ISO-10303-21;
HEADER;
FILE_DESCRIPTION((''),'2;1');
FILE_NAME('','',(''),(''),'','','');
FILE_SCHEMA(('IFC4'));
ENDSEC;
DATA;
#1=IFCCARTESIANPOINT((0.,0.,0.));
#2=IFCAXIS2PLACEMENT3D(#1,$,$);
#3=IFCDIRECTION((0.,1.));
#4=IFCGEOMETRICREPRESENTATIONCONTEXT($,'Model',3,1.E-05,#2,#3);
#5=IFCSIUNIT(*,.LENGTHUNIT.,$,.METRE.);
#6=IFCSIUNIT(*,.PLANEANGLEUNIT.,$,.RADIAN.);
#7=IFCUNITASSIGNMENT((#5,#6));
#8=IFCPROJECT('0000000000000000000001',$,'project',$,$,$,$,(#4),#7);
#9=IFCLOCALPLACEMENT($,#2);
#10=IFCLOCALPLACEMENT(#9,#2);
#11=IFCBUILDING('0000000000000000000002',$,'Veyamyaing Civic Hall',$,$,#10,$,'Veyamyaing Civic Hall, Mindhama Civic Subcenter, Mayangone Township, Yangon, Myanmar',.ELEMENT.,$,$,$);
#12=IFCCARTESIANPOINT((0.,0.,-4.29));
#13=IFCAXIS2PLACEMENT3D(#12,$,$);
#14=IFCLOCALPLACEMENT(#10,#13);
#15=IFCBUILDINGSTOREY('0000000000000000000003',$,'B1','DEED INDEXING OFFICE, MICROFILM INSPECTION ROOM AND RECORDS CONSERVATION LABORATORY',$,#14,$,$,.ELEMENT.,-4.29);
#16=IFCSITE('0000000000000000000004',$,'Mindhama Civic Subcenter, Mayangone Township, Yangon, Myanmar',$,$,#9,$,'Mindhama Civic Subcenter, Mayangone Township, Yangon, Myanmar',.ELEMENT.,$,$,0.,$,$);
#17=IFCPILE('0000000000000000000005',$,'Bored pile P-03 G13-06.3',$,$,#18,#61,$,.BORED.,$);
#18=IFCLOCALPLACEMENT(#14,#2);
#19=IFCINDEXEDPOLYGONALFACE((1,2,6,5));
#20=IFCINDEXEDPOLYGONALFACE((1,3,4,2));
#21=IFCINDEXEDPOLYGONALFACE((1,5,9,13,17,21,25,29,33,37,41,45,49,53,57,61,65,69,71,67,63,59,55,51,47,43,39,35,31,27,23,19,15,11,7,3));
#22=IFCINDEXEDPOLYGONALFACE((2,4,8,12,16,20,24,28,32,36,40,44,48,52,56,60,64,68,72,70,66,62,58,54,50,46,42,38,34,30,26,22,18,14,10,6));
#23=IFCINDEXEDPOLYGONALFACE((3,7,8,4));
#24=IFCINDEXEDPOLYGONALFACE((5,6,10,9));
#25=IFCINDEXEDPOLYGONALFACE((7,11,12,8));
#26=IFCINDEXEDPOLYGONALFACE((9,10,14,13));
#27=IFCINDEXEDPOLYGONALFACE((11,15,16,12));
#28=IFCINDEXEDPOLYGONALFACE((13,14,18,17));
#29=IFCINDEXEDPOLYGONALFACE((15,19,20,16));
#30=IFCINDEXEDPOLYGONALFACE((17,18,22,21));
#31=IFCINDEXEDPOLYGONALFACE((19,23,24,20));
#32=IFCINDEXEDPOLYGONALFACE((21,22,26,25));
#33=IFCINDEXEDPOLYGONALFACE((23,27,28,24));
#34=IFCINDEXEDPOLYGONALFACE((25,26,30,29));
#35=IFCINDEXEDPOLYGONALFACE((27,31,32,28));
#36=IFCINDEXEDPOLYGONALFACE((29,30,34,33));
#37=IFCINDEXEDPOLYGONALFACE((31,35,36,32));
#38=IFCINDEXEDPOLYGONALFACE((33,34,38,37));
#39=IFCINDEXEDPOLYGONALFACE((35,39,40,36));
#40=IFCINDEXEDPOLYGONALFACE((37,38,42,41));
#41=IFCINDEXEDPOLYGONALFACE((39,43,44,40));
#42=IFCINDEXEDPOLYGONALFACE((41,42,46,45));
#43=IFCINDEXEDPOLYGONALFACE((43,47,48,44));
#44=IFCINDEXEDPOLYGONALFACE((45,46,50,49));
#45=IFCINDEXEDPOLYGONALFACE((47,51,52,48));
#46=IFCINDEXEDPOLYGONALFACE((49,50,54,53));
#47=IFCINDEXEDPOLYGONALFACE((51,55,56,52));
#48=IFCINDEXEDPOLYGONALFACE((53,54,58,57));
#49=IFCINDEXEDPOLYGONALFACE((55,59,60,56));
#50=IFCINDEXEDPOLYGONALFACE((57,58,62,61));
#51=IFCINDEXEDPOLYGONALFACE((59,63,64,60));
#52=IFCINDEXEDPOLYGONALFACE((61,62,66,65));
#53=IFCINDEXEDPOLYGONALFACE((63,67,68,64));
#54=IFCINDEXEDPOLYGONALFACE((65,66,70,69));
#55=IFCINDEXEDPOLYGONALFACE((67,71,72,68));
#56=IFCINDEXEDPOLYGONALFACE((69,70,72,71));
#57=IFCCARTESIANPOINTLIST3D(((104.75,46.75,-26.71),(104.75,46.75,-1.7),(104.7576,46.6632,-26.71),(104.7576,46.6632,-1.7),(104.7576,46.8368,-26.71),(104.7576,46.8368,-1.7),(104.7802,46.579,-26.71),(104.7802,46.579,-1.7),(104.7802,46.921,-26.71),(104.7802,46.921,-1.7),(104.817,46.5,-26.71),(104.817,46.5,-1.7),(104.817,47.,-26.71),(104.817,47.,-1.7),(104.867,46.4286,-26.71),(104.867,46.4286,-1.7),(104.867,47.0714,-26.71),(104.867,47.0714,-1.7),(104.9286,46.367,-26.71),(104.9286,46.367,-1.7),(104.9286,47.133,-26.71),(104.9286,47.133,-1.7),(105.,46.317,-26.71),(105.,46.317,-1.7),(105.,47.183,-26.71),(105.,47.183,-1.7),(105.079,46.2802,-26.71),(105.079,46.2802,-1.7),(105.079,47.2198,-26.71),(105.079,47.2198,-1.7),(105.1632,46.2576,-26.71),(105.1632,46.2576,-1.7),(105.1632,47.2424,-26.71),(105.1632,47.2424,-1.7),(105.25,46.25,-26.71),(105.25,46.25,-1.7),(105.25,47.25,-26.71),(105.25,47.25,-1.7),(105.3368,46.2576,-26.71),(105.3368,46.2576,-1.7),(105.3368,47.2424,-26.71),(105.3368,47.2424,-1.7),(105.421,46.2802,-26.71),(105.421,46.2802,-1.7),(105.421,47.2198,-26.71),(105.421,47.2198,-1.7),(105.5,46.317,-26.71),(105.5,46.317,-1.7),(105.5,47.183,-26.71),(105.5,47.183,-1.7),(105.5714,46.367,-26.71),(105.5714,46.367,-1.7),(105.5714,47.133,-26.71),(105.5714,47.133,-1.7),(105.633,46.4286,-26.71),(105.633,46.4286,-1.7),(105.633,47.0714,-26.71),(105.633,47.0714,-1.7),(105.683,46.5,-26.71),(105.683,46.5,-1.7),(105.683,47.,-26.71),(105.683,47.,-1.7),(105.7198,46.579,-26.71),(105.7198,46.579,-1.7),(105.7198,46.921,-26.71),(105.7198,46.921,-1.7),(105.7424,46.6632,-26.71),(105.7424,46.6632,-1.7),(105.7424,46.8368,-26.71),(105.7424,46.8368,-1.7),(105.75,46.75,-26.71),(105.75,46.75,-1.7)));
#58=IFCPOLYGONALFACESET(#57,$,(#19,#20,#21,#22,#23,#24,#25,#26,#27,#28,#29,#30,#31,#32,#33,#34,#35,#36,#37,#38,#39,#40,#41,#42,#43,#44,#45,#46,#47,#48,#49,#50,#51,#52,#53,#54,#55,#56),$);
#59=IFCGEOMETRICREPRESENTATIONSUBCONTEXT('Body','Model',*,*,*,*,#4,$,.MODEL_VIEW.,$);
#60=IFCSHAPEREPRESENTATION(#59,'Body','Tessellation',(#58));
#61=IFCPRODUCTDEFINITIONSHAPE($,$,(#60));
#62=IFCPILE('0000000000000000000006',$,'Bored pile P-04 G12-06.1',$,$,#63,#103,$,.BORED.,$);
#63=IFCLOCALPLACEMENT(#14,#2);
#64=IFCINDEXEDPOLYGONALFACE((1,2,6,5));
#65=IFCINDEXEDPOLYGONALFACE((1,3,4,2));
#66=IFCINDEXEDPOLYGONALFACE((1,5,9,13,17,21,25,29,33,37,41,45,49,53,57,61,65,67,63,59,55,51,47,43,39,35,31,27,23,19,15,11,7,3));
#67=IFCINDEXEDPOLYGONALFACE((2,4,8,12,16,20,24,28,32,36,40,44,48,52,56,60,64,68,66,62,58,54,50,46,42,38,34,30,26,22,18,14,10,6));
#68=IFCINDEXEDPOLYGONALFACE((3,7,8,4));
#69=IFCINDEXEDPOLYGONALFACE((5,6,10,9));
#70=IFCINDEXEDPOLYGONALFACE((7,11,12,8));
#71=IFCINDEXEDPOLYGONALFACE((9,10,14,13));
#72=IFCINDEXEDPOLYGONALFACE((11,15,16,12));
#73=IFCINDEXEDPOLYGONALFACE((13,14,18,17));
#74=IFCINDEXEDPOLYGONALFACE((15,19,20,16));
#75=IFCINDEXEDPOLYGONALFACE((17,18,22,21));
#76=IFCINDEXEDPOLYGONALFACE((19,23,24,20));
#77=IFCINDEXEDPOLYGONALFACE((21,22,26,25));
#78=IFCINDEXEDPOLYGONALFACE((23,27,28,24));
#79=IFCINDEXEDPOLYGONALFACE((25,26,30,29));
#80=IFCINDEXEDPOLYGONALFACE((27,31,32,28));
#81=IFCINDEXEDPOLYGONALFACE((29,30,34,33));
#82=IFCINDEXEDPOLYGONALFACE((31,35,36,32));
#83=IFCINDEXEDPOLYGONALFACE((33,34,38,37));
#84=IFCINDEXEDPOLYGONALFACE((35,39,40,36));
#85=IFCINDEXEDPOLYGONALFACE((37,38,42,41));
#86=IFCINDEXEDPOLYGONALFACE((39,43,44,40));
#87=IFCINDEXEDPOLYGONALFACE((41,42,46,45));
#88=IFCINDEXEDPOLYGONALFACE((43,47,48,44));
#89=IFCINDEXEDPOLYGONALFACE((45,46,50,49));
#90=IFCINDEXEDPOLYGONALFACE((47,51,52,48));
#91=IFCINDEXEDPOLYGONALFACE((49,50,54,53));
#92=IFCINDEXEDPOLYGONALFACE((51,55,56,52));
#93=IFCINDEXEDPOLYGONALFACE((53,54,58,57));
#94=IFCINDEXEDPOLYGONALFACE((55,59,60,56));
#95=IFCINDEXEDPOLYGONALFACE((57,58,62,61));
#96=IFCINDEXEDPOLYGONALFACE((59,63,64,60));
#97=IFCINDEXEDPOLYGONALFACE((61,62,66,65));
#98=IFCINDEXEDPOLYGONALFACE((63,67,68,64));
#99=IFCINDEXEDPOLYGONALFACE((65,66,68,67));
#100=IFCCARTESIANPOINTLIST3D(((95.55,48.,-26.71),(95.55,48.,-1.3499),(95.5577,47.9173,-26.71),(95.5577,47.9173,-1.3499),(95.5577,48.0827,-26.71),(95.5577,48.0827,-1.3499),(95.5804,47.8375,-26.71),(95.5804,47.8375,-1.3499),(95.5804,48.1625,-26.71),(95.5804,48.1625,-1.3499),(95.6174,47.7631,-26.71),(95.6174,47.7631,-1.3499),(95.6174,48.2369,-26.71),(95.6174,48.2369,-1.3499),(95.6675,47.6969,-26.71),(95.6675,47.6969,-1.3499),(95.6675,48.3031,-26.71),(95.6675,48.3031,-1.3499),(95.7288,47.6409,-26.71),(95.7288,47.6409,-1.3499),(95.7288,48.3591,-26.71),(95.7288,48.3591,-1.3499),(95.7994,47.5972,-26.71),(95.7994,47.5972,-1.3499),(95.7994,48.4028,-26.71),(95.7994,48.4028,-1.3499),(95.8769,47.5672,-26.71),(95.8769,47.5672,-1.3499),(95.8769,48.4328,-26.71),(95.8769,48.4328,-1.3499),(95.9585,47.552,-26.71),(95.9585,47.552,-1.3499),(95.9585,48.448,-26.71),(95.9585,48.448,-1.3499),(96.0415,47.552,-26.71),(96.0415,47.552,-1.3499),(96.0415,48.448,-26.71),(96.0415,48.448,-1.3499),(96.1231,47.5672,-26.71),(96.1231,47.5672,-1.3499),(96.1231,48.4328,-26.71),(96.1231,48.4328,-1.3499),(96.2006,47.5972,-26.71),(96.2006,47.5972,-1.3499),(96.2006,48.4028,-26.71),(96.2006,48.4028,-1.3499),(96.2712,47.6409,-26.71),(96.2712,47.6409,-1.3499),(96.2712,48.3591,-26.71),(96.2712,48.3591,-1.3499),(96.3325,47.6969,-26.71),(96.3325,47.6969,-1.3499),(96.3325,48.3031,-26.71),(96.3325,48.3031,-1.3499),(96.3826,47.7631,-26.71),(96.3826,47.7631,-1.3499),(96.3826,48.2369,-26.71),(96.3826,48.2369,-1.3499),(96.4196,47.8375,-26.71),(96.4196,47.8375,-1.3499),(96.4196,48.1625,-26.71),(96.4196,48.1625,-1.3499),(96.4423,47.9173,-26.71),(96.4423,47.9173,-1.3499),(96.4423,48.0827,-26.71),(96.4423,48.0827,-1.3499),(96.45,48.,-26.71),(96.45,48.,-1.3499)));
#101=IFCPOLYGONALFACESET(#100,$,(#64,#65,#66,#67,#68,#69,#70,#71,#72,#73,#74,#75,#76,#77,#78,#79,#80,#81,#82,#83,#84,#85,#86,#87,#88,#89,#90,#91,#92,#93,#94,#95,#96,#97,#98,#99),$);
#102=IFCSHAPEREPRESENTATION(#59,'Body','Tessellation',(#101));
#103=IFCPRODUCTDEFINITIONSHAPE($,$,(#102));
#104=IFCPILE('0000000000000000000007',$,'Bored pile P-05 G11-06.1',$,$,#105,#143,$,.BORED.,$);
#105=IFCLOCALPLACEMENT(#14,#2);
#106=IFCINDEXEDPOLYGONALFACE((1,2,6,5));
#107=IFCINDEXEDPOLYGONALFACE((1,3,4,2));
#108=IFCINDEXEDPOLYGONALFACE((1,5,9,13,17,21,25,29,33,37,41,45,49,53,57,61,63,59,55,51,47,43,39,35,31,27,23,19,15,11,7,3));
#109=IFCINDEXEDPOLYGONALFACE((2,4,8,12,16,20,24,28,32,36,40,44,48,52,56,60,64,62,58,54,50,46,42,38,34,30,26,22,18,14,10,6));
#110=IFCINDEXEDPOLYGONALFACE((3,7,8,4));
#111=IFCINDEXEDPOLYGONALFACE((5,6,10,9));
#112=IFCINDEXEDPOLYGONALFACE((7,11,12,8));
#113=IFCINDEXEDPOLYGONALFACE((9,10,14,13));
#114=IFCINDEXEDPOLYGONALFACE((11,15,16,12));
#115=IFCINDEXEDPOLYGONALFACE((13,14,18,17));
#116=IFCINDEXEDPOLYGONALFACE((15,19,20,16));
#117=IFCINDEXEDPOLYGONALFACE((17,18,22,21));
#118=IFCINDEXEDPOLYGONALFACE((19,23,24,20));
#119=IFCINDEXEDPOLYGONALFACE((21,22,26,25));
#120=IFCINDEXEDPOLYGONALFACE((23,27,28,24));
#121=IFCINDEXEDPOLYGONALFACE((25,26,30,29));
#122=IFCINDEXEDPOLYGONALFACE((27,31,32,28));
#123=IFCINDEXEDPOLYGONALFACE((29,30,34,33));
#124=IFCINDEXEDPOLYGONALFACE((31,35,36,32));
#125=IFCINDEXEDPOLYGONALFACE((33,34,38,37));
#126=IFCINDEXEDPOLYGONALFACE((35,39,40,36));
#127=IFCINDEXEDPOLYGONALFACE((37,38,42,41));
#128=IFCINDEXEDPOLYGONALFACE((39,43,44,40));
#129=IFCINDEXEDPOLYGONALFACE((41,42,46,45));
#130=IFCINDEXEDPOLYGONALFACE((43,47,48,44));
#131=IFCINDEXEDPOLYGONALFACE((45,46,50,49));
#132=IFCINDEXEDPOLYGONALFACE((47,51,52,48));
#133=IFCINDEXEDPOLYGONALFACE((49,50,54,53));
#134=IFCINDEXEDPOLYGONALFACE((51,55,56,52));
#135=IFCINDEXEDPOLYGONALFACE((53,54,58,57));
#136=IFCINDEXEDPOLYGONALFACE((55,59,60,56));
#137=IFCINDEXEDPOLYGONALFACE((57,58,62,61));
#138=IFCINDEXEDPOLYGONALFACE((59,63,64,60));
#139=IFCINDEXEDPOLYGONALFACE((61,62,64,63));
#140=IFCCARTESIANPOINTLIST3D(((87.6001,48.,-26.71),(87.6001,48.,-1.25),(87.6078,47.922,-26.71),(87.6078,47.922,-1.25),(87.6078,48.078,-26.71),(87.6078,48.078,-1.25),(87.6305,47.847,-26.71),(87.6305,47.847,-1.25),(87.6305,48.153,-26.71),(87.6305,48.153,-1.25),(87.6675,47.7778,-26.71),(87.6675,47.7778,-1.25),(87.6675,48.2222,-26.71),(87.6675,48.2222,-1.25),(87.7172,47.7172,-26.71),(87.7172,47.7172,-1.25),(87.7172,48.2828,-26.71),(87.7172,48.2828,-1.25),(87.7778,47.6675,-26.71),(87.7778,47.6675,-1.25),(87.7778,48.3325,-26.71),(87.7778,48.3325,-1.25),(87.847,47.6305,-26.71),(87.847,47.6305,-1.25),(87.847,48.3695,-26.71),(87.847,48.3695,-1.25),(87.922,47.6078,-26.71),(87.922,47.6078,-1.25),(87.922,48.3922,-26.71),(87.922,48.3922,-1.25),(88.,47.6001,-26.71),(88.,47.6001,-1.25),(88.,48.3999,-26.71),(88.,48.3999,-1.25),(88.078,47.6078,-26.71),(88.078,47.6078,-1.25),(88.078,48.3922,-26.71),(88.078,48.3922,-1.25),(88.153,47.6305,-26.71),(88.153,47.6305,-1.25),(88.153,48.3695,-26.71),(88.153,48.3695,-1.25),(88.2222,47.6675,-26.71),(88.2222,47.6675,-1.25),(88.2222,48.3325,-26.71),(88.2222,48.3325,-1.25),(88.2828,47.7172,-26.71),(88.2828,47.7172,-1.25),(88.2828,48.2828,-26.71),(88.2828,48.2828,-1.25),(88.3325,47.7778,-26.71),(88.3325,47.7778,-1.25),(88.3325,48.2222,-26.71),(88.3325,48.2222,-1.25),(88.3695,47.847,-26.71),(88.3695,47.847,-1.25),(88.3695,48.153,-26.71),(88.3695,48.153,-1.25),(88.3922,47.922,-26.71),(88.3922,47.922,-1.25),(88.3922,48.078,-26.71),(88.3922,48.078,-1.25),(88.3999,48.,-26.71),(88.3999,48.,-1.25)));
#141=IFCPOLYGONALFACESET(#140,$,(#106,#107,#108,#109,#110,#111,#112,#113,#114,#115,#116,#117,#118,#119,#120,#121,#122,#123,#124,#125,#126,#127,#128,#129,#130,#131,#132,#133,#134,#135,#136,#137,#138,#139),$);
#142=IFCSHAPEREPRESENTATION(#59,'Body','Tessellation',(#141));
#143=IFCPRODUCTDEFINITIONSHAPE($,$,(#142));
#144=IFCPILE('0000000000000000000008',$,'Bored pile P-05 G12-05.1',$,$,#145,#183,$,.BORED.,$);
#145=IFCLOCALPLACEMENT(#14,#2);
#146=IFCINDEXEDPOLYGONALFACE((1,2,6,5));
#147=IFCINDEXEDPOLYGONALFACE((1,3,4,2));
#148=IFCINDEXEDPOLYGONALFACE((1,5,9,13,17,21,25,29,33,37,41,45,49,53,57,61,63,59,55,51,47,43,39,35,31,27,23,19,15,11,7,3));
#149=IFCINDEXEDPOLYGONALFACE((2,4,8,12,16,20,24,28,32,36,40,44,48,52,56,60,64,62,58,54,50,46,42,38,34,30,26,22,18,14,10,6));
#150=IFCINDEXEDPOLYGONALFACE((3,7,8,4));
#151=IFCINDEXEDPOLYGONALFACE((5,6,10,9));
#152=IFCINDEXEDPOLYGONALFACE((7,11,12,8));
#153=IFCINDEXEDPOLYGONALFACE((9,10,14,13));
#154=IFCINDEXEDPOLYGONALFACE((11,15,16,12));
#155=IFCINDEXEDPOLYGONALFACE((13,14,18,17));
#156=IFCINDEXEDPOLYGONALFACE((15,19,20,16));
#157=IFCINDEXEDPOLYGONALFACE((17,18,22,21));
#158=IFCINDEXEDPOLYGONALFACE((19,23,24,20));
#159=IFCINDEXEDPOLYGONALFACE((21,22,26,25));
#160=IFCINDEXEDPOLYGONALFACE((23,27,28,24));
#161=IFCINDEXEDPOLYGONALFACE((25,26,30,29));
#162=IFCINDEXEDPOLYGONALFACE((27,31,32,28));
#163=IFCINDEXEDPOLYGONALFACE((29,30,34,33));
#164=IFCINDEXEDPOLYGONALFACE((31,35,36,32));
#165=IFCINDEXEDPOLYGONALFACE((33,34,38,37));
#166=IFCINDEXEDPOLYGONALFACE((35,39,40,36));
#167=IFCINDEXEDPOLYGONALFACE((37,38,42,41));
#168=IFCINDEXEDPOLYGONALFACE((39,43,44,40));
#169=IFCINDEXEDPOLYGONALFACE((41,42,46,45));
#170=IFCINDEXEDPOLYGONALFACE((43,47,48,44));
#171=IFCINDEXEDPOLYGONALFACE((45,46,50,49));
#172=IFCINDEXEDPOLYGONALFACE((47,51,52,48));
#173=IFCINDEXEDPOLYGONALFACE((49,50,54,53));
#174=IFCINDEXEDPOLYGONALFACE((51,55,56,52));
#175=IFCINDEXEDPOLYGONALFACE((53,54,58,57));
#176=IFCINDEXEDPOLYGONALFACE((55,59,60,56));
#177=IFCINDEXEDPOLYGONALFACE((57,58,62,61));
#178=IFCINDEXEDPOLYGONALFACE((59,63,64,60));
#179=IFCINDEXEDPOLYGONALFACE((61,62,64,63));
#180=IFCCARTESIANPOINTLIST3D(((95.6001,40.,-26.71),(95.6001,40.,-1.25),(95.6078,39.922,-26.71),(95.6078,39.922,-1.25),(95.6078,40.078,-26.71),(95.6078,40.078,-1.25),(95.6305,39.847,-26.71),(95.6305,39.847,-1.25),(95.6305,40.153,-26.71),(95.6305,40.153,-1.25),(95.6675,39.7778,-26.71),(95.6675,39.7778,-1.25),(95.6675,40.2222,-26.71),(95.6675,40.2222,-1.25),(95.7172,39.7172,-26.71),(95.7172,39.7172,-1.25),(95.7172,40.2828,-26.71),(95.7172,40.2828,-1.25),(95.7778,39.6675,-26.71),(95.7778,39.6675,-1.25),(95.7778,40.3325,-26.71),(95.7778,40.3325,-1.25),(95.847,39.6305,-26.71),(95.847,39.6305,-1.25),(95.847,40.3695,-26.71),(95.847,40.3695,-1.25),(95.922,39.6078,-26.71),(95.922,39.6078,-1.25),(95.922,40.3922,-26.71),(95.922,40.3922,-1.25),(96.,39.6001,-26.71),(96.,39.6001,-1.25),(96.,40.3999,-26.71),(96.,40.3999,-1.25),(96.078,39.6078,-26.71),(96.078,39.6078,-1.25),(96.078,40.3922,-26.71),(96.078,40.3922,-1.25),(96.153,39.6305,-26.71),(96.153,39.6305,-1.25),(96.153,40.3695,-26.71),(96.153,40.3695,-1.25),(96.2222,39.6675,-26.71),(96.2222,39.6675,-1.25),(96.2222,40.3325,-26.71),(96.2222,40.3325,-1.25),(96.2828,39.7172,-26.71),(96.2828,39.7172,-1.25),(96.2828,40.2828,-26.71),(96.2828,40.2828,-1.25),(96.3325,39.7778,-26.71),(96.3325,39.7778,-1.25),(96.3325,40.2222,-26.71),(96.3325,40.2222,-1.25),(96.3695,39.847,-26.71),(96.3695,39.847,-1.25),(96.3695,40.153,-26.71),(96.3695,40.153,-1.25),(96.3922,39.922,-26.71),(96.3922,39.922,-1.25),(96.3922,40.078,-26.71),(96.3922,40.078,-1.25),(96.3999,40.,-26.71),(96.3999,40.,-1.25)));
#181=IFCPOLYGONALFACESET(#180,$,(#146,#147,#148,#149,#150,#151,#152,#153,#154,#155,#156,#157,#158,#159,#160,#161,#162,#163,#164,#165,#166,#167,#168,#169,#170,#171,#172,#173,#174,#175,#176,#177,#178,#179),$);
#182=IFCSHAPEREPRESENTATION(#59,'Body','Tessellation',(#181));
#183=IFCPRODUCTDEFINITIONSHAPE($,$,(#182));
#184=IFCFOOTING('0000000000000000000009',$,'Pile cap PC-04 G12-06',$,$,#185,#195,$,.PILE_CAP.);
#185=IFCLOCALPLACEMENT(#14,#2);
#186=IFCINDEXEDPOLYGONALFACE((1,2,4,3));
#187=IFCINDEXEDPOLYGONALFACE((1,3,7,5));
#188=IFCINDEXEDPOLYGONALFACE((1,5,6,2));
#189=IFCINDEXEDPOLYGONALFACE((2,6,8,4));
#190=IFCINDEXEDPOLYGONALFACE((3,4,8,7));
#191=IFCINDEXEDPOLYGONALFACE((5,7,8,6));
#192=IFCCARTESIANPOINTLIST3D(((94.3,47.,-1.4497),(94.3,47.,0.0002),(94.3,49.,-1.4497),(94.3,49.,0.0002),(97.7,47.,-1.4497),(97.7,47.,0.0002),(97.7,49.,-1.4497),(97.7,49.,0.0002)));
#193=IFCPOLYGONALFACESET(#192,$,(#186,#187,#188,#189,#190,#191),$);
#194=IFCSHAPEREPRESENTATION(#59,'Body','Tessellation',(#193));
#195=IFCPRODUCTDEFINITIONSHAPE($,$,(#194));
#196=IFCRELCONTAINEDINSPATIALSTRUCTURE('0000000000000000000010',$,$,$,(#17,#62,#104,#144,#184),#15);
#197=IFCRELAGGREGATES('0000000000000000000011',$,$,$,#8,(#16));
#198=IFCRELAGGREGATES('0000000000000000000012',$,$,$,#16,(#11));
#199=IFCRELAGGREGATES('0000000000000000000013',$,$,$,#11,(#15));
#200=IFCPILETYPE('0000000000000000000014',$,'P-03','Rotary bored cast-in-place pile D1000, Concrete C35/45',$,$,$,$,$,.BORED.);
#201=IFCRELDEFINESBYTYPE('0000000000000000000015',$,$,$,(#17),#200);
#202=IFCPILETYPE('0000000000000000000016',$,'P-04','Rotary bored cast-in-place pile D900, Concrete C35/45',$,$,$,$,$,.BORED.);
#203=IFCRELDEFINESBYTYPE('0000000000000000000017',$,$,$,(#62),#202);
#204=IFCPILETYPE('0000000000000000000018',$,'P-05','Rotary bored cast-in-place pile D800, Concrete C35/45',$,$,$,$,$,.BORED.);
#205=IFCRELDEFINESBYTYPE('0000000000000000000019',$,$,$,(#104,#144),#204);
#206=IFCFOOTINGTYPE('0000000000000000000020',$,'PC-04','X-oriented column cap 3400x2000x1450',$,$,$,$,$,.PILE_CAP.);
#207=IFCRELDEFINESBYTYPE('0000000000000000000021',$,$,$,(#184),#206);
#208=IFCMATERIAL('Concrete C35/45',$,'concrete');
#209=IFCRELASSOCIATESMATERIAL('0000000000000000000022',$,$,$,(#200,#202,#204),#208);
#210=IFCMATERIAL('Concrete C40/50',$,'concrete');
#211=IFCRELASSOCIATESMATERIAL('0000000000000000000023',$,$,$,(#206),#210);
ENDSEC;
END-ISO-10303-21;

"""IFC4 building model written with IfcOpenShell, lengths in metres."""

from ifc_helpers import new_model, si_unit, direction, frame, origin, origin_2d, place, context, subcontext, project, spatial, rectangle, circle, extrude, material, material_profile, profile_set, type_object, element, save


model = new_model("IFC4")

# Units and contexts
model_context = context("Model", 3, precision=1e-05, world=origin(), true_north=direction((0.0, 1.0)))
body_context = subcontext(model_context, "Body", "Model", "MODEL_VIEW")
ifc_project = project(units=[si_unit("LENGTHUNIT", "METRE"), si_unit("PLANEANGLEUNIT", "RADIAN")], contexts=[model_context])

# Site, building, storey
site_placement = place(None, origin())
site = spatial("IfcSite", under=ifc_project, at=site_placement, Name="Mindhama Civic Subcenter, Mayangone Township, Yangon, Myanmar", LongName="Mindhama Civic Subcenter, Mayangone Township, Yangon, Myanmar", CompositionType="ELEMENT", RefElevation=0.0)
building_placement = place(site_placement, origin())
building = spatial("IfcBuilding", under=site, at=building_placement, Name="Veyamyaing Civic Hall", LongName="Veyamyaing Civic Hall, Mindhama Civic Subcenter, Mayangone Township, Yangon, Myanmar", CompositionType="ELEMENT")
storey_placement = place(building_placement, frame((0.0, 0.0, -4.29)))
storey = spatial("IfcBuildingStorey", under=building, at=storey_placement, Name="B1", Description="DEED INDEXING OFFICE, MICROFILM INSPECTION ROOM AND RECORDS CONSERVATION LABORATORY", CompositionType="ELEMENT", Elevation=-4.29)

# Shared definitions
ifc_material_1 = material(Name="Concrete C40/50", Category="concrete")

# Piles
ifc_material_2 = material(Name="Concrete C35/45", Category="concrete")
ifc_material_profile_1 = material_profile(ifc_material_2, circle(Radius=0.5, at=origin_2d()), Name="PILE-D1000")
ifc_profile_set_1 = profile_set([ifc_material_profile_1], Name="Concrete C35/45")
pile_type_1 = type_object("IfcPileType", Name="P-03", Description="Rotary bored cast-in-place pile D1000, Concrete C35/45", PredefinedType="BORED", material=ifc_profile_set_1)
for number, where, z_axis, x_axis, name in (
    (1, (105.25, 46.75, -1.7), (0.0, 0.0, -1.0), (1.0, 0.0, 0.0), "Bored pile P-03 G13-06.3"),
):
    element("IfcPile", number, at=place(storey_placement, frame(where, z_axis=z_axis, x_axis=x_axis)), inside=storey, type_object=pile_type_1, Name=name, PredefinedType="BORED", context=body_context, shape_type="SweptSolid", body=[
        extrude(circle(Radius=0.5, at=origin_2d()), origin(), (0.0, 0.0, 1.0), 25.01),
    ])
ifc_material_profile_2 = material_profile(ifc_material_2, circle(Radius=0.45, at=origin_2d()), Name="PILE-D900")
ifc_profile_set_2 = profile_set([ifc_material_profile_2], Name="Concrete C35/45")
pile_type_2 = type_object("IfcPileType", Name="P-04", Description="Rotary bored cast-in-place pile D900, Concrete C35/45", PredefinedType="BORED", material=ifc_profile_set_2)
pile_1_placement = place(storey_placement, frame((96.0, 48.0, -1.3499), z_axis=(0.0, 0.0, -1.0), x_axis=(1.0, 0.0, 0.0)))
element("IfcPile", 2, at=pile_1_placement, inside=storey, type_object=pile_type_2, Name="Bored pile P-04 G12-06.1", PredefinedType="BORED", context=body_context, shape_type="SweptSolid", body=[
    extrude(circle(Radius=0.45, at=origin_2d()), origin(), (0.0, 0.0, 1.0), 25.3601),
])
ifc_material_profile_3 = material_profile(ifc_material_2, circle(Radius=0.3999, at=origin_2d()), Name="PILE-D800")
ifc_profile_set_3 = profile_set([ifc_material_profile_3], Name="Concrete C35/45")
pile_type_3 = type_object("IfcPileType", Name="P-05", Description="Rotary bored cast-in-place pile D800, Concrete C35/45", PredefinedType="BORED", material=ifc_profile_set_3)
for number, where, z_axis, x_axis, name in (
    (3, (88.0, 48.0, -1.25), (0.0, 0.0, -1.0), (1.0, 0.0, 0.0), "Bored pile P-05 G11-06.1"),
    (4, (96.0, 40.0, -1.25), (0.0, 0.0, -1.0), (1.0, 0.0, 0.0), "Bored pile P-05 G12-05.1"),
):
    element("IfcPile", number, at=place(storey_placement, frame(where, z_axis=z_axis, x_axis=x_axis)), inside=storey, type_object=pile_type_3, Name=name, PredefinedType="BORED", context=body_context, shape_type="SweptSolid", body=[
        extrude(circle(Radius=0.3999, at=origin_2d()), origin(), (0.0, 0.0, 1.0), 25.46),
    ])

# Footing
footing_type_1 = type_object("IfcFootingType", Name="PC-04", Description="X-oriented column cap 3400x2000x1450", PredefinedType="PILE_CAP", material=ifc_material_1)
footing_1_placement = place(storey_placement, frame((96.0, 48.0, -1.4497), z_axis=(0.0, 0.0, 1.0), x_axis=(1.0, 0.0, 0.0)))
element("IfcFooting", 5, at=footing_1_placement, inside=storey, type_object=footing_type_1, Name="Pile cap PC-04 G12-06", PredefinedType="PILE_CAP", context=body_context, shape_type="SweptSolid", body=[
    extrude(rectangle(XDim=3.3999, YDim=2.0, at=origin_2d()), origin(), (0.0, 0.0, 1.0), 1.45),
])

save(model, "model.ifc")
